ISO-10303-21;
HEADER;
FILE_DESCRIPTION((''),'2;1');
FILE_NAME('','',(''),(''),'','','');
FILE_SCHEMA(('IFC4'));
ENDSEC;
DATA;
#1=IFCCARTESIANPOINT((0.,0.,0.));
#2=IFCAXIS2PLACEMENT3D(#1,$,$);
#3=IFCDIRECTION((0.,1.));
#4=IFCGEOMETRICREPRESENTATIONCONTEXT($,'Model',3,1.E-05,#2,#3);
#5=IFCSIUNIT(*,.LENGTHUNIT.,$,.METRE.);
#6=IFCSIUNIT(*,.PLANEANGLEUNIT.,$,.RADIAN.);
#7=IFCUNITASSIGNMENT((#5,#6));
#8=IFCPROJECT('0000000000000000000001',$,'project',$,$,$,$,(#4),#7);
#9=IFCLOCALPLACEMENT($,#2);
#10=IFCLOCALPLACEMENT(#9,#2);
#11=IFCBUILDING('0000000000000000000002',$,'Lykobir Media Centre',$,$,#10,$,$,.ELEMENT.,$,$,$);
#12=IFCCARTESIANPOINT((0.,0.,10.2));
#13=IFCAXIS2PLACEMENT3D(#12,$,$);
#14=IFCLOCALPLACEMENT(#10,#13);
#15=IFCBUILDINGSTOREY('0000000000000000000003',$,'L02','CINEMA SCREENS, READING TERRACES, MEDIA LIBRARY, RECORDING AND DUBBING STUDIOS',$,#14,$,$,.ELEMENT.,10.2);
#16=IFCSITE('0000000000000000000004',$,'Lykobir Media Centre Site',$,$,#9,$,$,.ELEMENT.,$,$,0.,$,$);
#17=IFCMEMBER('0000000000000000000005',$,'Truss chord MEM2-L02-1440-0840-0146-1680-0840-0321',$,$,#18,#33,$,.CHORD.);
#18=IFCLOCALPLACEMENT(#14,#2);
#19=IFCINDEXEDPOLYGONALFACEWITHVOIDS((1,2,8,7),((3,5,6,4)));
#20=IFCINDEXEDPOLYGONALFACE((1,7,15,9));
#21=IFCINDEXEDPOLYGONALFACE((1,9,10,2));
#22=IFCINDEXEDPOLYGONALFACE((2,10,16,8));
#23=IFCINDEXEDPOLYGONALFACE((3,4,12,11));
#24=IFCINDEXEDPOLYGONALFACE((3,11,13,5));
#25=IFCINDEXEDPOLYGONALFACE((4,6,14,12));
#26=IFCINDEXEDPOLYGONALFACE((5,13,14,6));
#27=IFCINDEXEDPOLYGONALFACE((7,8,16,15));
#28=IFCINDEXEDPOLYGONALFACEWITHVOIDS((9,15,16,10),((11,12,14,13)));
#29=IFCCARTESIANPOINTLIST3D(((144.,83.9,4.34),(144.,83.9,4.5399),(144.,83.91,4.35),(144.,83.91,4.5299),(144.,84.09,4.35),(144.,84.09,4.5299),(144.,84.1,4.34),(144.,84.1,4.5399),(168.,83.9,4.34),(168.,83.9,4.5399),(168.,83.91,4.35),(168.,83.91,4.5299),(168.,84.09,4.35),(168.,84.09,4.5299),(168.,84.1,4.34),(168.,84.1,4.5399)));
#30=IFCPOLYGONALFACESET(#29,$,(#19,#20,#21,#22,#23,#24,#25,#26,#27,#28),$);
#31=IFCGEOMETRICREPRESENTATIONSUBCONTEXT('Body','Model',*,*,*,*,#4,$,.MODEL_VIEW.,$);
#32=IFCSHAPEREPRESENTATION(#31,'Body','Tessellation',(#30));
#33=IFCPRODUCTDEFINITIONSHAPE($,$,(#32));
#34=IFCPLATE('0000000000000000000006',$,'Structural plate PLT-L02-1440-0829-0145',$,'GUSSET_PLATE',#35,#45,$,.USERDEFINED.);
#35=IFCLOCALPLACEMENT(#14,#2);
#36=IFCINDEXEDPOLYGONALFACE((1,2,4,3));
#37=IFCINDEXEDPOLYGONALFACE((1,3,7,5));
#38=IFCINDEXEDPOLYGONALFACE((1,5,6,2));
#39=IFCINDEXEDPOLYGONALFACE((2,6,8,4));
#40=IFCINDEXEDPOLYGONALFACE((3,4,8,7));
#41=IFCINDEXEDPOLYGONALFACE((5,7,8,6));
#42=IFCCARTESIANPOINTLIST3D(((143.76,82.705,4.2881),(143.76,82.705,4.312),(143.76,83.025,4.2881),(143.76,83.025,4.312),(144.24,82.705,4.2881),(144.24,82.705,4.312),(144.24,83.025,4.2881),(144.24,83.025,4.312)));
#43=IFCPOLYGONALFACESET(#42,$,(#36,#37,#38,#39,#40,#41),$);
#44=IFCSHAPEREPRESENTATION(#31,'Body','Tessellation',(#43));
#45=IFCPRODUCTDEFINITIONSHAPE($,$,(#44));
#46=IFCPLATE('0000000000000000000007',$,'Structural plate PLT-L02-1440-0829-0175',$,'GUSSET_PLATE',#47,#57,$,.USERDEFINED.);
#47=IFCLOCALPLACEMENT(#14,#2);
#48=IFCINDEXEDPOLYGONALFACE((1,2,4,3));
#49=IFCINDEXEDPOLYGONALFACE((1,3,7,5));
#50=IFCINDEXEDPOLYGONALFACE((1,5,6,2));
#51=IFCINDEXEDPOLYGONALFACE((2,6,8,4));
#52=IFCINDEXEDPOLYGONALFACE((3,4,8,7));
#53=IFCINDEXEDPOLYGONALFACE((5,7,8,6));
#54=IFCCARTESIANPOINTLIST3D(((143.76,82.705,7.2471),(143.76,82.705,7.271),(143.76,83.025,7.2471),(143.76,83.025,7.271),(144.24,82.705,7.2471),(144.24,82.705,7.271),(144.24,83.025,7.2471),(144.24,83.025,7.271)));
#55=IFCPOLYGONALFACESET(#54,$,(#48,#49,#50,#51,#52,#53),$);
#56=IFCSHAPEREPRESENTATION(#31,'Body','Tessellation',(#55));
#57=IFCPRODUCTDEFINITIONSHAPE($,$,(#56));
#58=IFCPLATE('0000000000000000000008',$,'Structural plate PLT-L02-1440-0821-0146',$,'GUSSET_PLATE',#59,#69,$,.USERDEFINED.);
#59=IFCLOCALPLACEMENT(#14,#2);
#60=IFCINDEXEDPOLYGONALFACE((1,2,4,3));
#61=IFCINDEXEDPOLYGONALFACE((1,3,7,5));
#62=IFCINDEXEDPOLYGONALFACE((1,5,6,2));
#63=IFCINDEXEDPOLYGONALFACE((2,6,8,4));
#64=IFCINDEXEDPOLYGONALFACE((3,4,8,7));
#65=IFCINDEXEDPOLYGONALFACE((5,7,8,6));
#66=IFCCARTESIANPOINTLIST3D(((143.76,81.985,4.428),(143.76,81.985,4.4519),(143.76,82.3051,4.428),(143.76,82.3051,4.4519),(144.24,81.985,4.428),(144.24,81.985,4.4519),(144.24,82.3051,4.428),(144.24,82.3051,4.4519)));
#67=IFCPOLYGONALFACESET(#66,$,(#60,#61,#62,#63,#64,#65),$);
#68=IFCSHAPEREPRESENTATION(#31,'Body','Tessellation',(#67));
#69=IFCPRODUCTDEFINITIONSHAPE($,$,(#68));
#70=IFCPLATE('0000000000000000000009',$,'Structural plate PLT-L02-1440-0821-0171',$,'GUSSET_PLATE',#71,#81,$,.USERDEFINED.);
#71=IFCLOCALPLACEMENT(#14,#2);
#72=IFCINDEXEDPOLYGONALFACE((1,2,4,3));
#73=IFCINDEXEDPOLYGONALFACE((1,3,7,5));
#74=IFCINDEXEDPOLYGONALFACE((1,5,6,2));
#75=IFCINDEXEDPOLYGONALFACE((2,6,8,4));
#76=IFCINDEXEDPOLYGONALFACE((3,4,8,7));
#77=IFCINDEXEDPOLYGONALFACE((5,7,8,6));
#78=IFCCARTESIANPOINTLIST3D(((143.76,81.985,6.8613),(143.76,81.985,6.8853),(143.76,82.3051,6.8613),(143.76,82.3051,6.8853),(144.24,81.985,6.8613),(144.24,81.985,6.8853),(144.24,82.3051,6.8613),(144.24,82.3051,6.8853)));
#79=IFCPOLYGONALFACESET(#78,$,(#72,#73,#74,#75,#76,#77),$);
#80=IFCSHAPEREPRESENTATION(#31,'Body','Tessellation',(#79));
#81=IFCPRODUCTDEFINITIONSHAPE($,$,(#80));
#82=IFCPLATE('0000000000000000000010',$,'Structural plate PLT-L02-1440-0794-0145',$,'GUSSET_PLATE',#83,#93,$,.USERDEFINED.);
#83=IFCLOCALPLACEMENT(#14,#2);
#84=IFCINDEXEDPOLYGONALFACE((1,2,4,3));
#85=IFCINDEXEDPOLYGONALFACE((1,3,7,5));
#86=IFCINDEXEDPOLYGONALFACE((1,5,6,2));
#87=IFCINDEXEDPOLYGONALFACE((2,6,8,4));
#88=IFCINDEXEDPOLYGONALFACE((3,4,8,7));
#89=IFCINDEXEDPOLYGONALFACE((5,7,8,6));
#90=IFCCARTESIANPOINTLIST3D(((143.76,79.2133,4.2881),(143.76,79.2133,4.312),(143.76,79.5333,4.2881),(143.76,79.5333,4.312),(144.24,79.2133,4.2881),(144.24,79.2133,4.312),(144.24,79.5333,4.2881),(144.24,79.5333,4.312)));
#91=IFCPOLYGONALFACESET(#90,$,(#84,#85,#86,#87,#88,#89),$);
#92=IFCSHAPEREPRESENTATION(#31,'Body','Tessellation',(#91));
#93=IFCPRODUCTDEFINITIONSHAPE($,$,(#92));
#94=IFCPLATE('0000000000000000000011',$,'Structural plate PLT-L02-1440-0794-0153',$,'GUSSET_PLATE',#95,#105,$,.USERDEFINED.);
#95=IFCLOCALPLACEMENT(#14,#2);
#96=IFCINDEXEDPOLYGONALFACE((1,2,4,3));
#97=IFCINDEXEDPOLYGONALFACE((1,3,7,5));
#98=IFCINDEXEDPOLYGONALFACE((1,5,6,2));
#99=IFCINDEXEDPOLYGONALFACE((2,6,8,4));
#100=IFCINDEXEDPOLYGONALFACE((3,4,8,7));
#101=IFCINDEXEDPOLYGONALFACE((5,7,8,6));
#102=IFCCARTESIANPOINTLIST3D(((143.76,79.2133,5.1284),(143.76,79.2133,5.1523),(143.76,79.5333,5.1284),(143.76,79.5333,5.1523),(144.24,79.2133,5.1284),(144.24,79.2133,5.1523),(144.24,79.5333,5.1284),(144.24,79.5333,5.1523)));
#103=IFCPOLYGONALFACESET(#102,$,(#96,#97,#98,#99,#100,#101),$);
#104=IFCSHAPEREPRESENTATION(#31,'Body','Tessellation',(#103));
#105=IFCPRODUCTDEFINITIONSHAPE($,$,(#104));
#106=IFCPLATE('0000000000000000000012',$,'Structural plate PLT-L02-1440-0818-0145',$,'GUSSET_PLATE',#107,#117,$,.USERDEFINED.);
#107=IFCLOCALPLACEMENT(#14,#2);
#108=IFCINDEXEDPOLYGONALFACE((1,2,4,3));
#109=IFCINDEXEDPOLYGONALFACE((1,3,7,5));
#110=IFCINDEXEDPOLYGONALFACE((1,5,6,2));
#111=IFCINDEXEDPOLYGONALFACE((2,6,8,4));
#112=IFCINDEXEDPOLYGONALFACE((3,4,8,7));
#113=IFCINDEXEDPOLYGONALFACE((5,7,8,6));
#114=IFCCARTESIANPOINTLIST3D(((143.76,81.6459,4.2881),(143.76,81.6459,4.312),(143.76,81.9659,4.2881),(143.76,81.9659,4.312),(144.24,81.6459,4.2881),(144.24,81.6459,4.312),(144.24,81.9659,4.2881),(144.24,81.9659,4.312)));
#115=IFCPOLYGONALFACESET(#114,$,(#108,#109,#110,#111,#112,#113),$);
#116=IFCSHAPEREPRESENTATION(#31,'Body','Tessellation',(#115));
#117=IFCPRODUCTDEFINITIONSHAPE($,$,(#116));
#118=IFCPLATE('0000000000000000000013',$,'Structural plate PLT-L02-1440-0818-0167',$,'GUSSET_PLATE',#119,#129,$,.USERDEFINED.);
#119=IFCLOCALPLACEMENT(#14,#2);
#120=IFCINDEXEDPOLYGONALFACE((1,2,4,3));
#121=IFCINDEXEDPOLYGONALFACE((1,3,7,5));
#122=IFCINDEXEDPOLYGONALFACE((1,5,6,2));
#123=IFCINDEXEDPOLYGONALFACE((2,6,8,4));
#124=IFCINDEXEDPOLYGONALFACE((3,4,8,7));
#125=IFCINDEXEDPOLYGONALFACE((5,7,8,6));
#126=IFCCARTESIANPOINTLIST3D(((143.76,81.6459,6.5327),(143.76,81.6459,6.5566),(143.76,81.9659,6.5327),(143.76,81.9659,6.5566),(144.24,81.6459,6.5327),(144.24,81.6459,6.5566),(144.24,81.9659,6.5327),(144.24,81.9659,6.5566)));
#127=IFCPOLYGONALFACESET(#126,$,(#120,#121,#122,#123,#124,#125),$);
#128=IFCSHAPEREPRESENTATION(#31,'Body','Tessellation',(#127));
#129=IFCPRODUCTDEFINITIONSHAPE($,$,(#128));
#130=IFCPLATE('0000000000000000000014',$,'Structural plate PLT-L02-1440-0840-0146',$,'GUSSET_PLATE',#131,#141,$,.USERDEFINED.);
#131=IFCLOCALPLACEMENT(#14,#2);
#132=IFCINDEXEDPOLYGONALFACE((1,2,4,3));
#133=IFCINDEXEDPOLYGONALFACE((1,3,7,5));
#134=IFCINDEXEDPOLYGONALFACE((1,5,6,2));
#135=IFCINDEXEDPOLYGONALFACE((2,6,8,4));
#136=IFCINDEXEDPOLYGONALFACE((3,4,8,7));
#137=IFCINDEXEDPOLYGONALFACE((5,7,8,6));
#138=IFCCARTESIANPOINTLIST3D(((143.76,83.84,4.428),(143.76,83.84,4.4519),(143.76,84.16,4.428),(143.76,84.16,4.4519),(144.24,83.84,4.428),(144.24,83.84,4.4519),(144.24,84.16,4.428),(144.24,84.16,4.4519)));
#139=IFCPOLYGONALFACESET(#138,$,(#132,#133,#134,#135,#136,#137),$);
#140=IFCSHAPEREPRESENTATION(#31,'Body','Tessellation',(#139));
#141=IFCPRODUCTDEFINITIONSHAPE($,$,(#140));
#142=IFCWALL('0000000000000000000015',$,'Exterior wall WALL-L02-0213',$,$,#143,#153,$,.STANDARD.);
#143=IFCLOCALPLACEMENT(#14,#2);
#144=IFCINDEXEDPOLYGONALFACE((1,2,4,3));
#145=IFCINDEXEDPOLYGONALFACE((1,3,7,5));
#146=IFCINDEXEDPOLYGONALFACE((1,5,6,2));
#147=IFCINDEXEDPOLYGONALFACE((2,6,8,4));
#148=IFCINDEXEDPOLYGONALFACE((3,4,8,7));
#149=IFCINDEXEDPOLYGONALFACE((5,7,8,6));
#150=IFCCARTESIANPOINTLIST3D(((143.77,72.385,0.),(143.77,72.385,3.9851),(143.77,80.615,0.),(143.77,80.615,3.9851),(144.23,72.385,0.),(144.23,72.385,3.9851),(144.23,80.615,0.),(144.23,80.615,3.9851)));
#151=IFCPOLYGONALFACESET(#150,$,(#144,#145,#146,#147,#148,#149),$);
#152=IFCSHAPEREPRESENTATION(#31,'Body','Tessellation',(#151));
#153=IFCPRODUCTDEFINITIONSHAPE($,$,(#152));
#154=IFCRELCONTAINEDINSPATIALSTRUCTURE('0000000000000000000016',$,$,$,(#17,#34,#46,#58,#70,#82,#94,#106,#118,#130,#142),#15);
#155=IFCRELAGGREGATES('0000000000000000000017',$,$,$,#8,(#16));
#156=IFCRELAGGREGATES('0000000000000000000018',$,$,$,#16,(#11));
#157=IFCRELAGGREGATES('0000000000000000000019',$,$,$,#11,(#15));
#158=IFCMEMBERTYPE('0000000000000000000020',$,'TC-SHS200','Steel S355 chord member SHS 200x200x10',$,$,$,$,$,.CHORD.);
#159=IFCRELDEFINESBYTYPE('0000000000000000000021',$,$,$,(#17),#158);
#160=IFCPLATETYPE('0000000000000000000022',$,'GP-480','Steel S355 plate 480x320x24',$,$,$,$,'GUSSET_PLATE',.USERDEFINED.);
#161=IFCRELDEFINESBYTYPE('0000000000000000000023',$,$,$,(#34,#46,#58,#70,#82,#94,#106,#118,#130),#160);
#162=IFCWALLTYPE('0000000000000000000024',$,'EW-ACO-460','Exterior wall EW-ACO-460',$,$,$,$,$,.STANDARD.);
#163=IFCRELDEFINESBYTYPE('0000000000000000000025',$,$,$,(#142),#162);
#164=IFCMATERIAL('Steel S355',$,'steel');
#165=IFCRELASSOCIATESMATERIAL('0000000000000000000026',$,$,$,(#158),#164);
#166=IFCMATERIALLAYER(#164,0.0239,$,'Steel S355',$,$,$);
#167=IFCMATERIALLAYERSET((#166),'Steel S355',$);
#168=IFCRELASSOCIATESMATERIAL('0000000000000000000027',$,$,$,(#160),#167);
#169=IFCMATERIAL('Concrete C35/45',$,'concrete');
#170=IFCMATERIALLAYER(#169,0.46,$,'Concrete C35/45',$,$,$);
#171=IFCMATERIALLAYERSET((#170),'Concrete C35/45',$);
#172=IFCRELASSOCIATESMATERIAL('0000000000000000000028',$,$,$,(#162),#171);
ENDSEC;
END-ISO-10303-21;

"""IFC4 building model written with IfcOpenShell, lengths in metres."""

from ifc_helpers import new_model, si_unit, direction, frame, frame_2d, origin, origin_2d, place, context, subcontext, project, spatial, rectangle, hollow_rectangle, extrude, material, layer, layer_set, material_profile, profile_set, type_object, element, save


model = new_model("IFC4")

# Units and contexts
model_context = context("Model", 3, precision=1e-05, world=origin(), true_north=direction((0.0, 1.0)))
body_context = subcontext(model_context, "Body", "Model", "MODEL_VIEW")
ifc_project = project(units=[si_unit("LENGTHUNIT", "METRE"), si_unit("PLANEANGLEUNIT", "RADIAN")], contexts=[model_context])

# Site, building, storey
site_placement = place(None, origin())
site = spatial("IfcSite", under=ifc_project, at=site_placement, Name="Lykobir Media Centre Site", CompositionType="ELEMENT", RefElevation=0.0)
building_placement = place(site_placement, origin())
building = spatial("IfcBuilding", under=site, at=building_placement, Name="Lykobir Media Centre", CompositionType="ELEMENT")
storey_placement = place(building_placement, frame((0.0, 0.0, 10.2)))
storey = spatial("IfcBuildingStorey", under=building, at=storey_placement, Name="L02", Description="CINEMA SCREENS, READING TERRACES, MEDIA LIBRARY, RECORDING AND DUBBING STUDIOS", CompositionType="ELEMENT", Elevation=10.2)

# Shared definitions
ifc_material_1 = material(Name="Steel S355", Category="steel")

# Member
ifc_material_profile_1 = material_profile(ifc_material_1, hollow_rectangle(XDim=0.2, YDim=0.2, WallThickness=0.01, at=origin_2d()), Name="SHS 200x200x10")
ifc_profile_set_1 = profile_set([ifc_material_profile_1], Name="Steel S355")
member_type_1 = type_object("IfcMemberType", Name="TC-SHS200", Description="Steel S355 chord member SHS 200x200x10", PredefinedType="CHORD", material=ifc_profile_set_1)
member_1_placement = place(storey_placement, frame((144.0, 84.0, 4.4399), z_axis=(1.0, 0.0, 0.0), x_axis=(0.0, 1.0, 0.0)))
element("IfcMember", 1, at=member_1_placement, inside=storey, type_object=member_type_1, Name="Truss chord MEM2-L02-1440-0840-0146-1680-0840-0321", PredefinedType="CHORD", context=body_context, shape_type="SweptSolid", body=[
    extrude(hollow_rectangle(XDim=0.2, YDim=0.2, WallThickness=0.01, at=origin_2d()), origin(), (0.0, 0.0, 1.0), 24.0),
])

# Plates
ifc_layer_1 = layer(ifc_material_1, 0.0239, Name="Steel S355")
ifc_layer_set_1 = layer_set([ifc_layer_1], Name="Steel S355")
plate_type = type_object("IfcPlateType", Name="GP-480", Description="Steel S355 plate 480x320x24", ElementType="GUSSET_PLATE", PredefinedType="USERDEFINED", material=ifc_layer_set_1)
for number, where, z_axis, x_axis, name in (
    (2, (144.0, 82.865, 4.2881), (0.0, 0.0, 1.0), (1.0, 0.0, 0.0), "Structural plate PLT-L02-1440-0829-0145"),
    (3, (144.0, 82.865, 7.2471), (0.0, 0.0, 1.0), (1.0, 0.0, 0.0), "Structural plate PLT-L02-1440-0829-0175"),
    (4, (144.0, 82.145, 4.428), (0.0, 0.0, 1.0), (1.0, 0.0, 0.0), "Structural plate PLT-L02-1440-0821-0146"),
    (5, (144.0, 82.145, 6.8613), (0.0, 0.0, 1.0), (1.0, 0.0, 0.0), "Structural plate PLT-L02-1440-0821-0171"),
    (6, (144.0, 79.3733, 4.2881), (0.0, 0.0, 1.0), (1.0, 0.0, 0.0), "Structural plate PLT-L02-1440-0794-0145"),
    (7, (144.0, 79.3733, 5.1284), (0.0, 0.0, 1.0), (1.0, 0.0, 0.0), "Structural plate PLT-L02-1440-0794-0153"),
    (8, (144.0, 81.8059, 4.2881), (0.0, 0.0, 1.0), (1.0, 0.0, 0.0), "Structural plate PLT-L02-1440-0818-0145"),
    (9, (144.0, 81.8059, 6.5327), (0.0, 0.0, 1.0), (1.0, 0.0, 0.0), "Structural plate PLT-L02-1440-0818-0167"),
    (10, (144.0, 84.0, 4.428), (0.0, 0.0, 1.0), (1.0, 0.0, 0.0), "Structural plate PLT-L02-1440-0840-0146"),
):
    element("IfcPlate", number, at=place(storey_placement, frame(where, z_axis=z_axis, x_axis=x_axis)), inside=storey, type_object=plate_type, Name=name, ObjectType="GUSSET_PLATE", PredefinedType="USERDEFINED", context=body_context, shape_type="SweptSolid", body=[
        extrude(rectangle(XDim=0.48, YDim=0.3201, at=origin_2d()), origin(), (0.0, 0.0, 1.0), 0.0239),
    ])

# Wall
ifc_material_2 = material(Name="Concrete C35/45", Category="concrete")
ifc_layer_2 = layer(ifc_material_2, 0.46, Name="Concrete C35/45")
ifc_layer_set_2 = layer_set([ifc_layer_2], Name="Concrete C35/45")
wall_type = type_object("IfcWallType", Name="EW-ACO-460", Description="Exterior wall EW-ACO-460", PredefinedType="STANDARD", material=ifc_layer_set_2)
wall_placement = place(storey_placement, frame((144.0, 80.615, 0.0), z_axis=(0.0, 0.0, 1.0), x_axis=(0.0, -1.0, 0.0)))
element("IfcWall", 11, at=wall_placement, inside=storey, type_object=wall_type, Name="Exterior wall WALL-L02-0213", PredefinedType="STANDARD", context=body_context, shape_type="SweptSolid", body=[
    extrude(rectangle(XDim=8.23, YDim=0.46, at=frame_2d((4.115, 0.0))), origin(), (0.0, 0.0, 1.0), 3.9851),
])

save(model, "model.ifc")
